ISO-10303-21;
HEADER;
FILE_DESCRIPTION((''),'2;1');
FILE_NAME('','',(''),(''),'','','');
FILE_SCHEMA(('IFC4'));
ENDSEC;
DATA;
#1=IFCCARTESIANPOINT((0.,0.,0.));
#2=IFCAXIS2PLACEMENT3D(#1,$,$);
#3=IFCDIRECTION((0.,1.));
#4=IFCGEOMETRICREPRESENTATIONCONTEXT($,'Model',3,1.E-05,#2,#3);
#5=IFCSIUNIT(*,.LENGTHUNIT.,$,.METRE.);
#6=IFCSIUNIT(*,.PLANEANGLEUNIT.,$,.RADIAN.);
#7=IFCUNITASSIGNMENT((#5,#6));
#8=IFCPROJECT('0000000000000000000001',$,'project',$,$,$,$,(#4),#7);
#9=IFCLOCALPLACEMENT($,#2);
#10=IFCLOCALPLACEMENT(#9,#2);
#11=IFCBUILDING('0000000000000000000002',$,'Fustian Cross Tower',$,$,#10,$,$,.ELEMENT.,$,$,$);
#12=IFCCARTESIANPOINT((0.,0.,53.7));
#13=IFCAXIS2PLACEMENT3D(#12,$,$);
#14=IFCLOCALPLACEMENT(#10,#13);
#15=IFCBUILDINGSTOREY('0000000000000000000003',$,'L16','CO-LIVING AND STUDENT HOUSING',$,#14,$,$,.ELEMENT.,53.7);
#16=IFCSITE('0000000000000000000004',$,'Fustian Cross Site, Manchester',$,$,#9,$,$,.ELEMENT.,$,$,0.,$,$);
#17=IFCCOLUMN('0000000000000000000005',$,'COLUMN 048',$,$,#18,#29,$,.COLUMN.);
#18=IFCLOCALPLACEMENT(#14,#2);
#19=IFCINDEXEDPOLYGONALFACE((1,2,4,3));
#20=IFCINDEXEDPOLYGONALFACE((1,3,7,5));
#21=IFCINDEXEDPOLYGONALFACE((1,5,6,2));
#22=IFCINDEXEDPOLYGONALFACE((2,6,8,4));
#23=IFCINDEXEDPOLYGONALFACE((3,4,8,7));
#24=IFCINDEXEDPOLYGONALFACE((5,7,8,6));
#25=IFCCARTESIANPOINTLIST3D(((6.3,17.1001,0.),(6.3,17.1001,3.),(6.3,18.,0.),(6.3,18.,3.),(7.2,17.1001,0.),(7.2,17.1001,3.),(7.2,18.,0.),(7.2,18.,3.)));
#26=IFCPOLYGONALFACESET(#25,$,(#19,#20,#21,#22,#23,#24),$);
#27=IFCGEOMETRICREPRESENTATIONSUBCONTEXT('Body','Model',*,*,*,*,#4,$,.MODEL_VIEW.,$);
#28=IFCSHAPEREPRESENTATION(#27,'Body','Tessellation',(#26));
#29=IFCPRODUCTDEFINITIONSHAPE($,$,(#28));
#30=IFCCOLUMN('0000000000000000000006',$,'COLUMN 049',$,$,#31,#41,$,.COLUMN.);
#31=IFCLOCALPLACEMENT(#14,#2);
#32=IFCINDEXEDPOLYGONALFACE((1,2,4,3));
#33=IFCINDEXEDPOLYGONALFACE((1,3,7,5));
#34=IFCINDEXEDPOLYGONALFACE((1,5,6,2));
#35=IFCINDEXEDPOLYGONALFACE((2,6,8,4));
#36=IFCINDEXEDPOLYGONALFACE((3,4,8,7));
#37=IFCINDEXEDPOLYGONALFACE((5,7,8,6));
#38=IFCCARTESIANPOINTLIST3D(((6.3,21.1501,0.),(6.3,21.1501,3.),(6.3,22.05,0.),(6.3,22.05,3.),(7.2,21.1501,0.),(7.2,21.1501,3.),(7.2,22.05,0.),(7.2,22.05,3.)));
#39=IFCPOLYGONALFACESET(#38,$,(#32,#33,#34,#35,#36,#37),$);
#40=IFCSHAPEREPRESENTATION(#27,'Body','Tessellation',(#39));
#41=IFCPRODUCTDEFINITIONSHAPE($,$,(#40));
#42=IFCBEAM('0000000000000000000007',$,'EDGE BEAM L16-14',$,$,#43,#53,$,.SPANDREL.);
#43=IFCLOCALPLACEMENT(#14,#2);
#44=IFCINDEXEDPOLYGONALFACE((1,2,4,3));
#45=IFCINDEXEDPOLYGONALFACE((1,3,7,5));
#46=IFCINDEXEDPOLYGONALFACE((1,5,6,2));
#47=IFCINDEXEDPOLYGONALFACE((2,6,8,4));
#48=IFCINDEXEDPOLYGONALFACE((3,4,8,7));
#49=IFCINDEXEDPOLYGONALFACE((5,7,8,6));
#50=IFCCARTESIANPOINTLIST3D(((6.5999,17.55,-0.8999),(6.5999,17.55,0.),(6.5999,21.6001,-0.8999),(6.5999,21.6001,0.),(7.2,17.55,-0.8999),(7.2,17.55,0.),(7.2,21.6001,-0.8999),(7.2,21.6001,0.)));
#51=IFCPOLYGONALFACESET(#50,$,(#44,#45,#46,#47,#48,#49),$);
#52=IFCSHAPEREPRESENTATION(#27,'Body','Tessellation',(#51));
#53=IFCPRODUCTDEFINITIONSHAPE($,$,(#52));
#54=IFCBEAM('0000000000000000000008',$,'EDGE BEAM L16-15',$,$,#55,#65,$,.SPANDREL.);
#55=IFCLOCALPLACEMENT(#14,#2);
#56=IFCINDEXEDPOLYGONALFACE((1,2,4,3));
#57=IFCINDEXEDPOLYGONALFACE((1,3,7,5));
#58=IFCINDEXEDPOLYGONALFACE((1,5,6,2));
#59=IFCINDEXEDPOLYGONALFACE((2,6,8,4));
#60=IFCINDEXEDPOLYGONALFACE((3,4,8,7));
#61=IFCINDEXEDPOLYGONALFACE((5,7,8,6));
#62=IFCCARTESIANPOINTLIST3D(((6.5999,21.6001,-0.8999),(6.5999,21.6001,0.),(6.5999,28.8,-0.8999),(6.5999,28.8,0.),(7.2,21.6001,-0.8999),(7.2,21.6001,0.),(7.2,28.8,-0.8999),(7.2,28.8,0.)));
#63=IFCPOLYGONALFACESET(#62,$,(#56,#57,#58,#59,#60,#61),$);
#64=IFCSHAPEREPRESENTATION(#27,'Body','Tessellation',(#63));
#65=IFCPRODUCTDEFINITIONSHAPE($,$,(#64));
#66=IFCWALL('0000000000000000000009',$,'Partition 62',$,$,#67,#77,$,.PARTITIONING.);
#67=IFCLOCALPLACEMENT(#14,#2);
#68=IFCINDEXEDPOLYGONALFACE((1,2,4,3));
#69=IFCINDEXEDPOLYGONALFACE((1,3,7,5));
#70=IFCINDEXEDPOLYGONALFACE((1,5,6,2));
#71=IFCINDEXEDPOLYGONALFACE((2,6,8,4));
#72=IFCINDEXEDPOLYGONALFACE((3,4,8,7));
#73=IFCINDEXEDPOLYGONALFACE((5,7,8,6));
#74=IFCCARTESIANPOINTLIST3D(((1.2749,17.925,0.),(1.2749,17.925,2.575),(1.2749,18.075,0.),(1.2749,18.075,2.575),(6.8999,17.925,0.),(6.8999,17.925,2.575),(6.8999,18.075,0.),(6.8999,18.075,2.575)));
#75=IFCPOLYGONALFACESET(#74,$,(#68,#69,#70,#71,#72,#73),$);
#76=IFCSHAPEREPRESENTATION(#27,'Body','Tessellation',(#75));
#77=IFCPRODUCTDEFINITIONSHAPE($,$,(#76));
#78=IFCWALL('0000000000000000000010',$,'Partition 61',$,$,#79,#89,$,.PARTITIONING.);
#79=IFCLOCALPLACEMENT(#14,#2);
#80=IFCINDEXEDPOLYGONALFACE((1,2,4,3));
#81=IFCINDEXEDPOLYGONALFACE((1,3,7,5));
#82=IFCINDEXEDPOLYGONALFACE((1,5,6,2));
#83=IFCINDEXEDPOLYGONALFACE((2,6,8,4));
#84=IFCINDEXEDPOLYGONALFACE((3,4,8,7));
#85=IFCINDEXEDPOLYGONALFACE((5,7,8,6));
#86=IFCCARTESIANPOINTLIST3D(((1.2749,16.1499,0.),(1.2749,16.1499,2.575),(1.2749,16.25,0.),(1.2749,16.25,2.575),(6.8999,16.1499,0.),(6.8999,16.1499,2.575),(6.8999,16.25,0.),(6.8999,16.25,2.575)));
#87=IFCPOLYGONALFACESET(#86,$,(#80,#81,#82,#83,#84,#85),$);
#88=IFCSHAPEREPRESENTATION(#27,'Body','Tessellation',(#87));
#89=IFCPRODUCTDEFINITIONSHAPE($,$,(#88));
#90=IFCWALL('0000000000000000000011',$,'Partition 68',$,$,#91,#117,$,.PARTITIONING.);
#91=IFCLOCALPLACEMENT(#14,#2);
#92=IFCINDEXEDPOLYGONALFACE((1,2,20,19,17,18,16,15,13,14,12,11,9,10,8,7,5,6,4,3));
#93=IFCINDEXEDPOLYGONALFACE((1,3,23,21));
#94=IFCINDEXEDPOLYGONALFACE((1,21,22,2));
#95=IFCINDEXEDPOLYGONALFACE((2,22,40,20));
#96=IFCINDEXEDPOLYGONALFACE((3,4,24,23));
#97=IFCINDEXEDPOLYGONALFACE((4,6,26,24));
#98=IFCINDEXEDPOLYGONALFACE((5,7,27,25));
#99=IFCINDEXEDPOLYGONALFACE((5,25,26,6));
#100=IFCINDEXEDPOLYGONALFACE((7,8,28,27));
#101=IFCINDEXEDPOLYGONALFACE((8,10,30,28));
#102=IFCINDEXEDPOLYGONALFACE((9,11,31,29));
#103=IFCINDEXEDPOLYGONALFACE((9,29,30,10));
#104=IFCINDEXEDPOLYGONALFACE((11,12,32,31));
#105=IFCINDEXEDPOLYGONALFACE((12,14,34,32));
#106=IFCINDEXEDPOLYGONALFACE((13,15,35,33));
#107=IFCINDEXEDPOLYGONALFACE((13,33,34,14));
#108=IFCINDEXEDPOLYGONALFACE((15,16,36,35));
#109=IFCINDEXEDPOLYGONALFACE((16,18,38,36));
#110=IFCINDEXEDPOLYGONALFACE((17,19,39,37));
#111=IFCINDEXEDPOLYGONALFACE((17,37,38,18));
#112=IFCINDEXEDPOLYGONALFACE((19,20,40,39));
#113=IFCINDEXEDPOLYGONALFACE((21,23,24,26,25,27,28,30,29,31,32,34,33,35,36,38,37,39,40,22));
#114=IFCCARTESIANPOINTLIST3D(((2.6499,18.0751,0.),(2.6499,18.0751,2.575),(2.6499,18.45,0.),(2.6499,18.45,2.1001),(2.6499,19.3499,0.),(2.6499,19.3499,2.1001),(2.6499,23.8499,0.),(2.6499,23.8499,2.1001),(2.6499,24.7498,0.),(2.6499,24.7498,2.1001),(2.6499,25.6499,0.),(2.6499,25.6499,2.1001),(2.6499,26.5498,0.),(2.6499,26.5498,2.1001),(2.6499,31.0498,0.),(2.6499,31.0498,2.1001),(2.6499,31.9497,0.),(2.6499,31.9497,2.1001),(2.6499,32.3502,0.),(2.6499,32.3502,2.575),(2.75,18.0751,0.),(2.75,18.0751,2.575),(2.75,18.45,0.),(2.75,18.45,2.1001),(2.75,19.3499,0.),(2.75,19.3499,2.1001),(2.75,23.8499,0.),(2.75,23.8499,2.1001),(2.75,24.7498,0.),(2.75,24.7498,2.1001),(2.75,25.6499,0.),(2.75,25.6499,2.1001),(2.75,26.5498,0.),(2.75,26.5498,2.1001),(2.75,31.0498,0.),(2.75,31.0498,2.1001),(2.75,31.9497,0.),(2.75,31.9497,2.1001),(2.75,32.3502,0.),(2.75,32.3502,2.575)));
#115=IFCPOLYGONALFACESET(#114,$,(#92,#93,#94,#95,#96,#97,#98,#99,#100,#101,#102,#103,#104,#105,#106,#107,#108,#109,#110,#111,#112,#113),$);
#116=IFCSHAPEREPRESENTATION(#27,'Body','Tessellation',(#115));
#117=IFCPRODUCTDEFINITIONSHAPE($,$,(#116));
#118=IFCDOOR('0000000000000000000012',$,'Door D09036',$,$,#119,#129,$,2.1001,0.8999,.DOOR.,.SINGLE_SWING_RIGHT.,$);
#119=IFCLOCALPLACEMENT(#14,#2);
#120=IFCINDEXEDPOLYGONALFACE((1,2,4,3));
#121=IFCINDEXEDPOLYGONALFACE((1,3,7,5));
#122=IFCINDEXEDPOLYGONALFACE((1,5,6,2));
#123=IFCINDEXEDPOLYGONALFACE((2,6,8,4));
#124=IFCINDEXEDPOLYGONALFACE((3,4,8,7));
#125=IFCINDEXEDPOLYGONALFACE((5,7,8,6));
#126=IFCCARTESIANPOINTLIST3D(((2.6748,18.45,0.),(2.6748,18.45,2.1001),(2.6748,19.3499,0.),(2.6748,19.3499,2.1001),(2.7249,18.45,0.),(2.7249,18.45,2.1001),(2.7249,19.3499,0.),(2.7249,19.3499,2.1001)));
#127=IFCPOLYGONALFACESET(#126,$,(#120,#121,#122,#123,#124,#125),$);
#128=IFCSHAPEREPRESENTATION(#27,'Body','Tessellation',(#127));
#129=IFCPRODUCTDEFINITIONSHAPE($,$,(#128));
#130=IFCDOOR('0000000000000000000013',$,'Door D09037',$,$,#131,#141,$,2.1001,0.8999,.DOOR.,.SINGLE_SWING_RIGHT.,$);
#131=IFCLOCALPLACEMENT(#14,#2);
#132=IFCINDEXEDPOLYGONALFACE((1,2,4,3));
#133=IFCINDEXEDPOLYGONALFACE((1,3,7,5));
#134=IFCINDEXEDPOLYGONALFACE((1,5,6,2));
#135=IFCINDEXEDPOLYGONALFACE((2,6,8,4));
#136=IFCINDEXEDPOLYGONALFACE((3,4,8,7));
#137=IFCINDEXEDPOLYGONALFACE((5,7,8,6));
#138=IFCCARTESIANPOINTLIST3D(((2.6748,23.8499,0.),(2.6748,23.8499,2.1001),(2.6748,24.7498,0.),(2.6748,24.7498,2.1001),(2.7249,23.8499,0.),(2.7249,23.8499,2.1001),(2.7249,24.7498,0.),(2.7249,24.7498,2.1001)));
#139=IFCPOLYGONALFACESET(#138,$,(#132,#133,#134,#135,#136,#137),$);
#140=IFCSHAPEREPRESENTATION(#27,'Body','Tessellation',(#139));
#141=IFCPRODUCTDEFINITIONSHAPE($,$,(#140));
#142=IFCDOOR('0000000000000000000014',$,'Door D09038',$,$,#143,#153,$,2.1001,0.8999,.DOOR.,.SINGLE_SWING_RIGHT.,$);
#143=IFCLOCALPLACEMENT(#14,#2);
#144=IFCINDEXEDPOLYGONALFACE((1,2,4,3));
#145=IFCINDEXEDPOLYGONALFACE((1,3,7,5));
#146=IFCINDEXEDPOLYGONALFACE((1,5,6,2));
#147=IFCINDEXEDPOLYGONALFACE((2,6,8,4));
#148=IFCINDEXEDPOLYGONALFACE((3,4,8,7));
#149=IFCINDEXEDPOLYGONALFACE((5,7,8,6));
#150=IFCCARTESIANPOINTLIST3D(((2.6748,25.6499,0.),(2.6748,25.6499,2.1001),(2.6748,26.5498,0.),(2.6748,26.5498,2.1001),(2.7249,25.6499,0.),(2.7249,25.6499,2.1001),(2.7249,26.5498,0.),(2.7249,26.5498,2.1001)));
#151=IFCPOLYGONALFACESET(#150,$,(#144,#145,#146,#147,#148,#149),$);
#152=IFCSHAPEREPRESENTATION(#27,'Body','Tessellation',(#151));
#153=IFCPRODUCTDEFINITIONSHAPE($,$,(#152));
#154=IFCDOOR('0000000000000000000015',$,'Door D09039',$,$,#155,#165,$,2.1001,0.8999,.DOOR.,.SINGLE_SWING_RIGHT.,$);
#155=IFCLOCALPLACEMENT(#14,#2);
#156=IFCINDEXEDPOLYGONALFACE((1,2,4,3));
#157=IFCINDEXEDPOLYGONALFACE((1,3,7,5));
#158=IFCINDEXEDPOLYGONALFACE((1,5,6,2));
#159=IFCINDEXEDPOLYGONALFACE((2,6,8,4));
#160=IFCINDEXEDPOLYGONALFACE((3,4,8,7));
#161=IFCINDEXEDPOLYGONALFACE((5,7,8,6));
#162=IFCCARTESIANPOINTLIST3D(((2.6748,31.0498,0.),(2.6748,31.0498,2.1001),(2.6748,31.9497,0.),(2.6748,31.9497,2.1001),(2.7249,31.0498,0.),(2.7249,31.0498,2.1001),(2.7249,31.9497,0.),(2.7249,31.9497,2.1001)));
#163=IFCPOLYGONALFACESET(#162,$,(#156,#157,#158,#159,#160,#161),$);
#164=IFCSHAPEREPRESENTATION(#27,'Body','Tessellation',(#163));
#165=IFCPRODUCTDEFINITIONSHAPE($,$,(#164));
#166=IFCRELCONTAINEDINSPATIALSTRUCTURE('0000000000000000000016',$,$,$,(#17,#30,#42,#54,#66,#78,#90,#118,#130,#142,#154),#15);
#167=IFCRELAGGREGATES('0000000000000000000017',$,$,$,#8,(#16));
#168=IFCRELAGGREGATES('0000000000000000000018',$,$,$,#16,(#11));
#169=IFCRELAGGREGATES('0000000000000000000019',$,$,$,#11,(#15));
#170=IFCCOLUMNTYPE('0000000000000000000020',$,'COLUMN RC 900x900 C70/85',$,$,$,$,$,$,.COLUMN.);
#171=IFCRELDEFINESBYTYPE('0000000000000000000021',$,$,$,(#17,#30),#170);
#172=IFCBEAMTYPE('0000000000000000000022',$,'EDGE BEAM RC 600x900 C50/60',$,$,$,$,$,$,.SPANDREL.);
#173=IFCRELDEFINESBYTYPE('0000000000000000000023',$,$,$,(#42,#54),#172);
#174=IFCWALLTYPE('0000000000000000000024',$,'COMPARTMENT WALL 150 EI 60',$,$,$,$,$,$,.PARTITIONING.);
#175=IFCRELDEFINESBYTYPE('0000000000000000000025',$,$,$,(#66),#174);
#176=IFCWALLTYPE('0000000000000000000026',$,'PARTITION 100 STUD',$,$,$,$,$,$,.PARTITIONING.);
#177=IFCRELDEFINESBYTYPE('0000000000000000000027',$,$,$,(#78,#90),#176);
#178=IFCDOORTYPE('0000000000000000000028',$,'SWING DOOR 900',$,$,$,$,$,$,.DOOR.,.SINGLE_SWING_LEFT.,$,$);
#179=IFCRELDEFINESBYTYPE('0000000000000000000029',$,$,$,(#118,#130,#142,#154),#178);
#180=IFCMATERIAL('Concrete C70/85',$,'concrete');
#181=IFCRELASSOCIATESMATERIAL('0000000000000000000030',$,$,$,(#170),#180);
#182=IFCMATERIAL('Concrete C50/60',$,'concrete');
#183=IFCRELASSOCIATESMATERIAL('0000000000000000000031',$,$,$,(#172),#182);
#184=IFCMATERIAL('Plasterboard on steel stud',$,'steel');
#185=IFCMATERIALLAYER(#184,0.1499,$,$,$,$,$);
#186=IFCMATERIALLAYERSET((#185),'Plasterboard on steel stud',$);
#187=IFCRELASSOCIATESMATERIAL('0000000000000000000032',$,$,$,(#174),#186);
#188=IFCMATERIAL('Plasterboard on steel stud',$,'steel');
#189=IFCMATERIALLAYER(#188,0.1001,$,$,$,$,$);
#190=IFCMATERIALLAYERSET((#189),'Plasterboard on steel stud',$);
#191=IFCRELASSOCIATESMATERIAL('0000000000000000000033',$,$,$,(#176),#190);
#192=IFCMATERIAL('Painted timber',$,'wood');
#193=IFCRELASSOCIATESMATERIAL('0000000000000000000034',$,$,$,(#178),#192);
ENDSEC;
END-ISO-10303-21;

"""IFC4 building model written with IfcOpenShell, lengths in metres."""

from ifc_helpers import new_model, si_unit, direction, frame, frame_2d, origin, origin_2d, place, context, subcontext, project, spatial, rectangle, extrude, material, layer, layer_set, material_profile, profile_set, type_object, element, fill, save


model = new_model("IFC4")

# Units and contexts
model_context = context("Model", 3, precision=1e-05, world=origin(), true_north=direction((0.0, 1.0)))
body_context = subcontext(model_context, "Body", "Model", "MODEL_VIEW")
ifc_project = project(units=[si_unit("LENGTHUNIT", "METRE"), si_unit("PLANEANGLEUNIT", "RADIAN")], contexts=[model_context])

# Site, building, storey
site_placement = place(None, origin())
site = spatial("IfcSite", under=ifc_project, at=site_placement, Name="Fustian Cross Site, Manchester", CompositionType="ELEMENT", RefElevation=0.0)
building_placement = place(site_placement, origin())
building = spatial("IfcBuilding", under=site, at=building_placement, Name="Fustian Cross Tower", CompositionType="ELEMENT")
storey_placement = place(building_placement, frame((0.0, 0.0, 53.7)))
storey = spatial("IfcBuildingStorey", under=building, at=storey_placement, Name="L16", Description="CO-LIVING AND STUDENT HOUSING", CompositionType="ELEMENT", Elevation=53.7)

# Columns
ifc_material_1 = material(Name="Concrete C70/85", Category="concrete")
ifc_material_profile_1 = material_profile(ifc_material_1, rectangle(XDim=0.8999, YDim=0.8999, at=origin_2d()), Name="RC 900x900")
ifc_profile_set_1 = profile_set([ifc_material_profile_1], Name="Concrete C70/85")
column_type = type_object("IfcColumnType", Name="COLUMN RC 900x900 C70/85", PredefinedType="COLUMN", material=ifc_profile_set_1)
for number, where, z_axis, x_axis, name in (
    (1, (6.75, 17.55, 0.0), (0.0, 0.0, 1.0), (1.0, 0.0, 0.0), "COLUMN 048"),
    (2, (6.75, 21.6001, 0.0), (0.0, 0.0, 1.0), (1.0, 0.0, 0.0), "COLUMN 049"),
):
    element("IfcColumn", number, at=place(storey_placement, frame(where, z_axis=z_axis, x_axis=x_axis)), inside=storey, type_object=column_type, Name=name, PredefinedType="COLUMN", context=body_context, shape_type="SweptSolid", body=[
        extrude(rectangle(XDim=0.8999, YDim=0.8999, at=origin_2d()), origin(), (0.0, 0.0, 1.0), 3.0),
    ])

# Beams
ifc_material_2 = material(Name="Concrete C50/60", Category="concrete")
ifc_material_profile_2 = material_profile(ifc_material_2, rectangle(XDim=0.6001, YDim=0.8999, at=origin_2d()), Name="RC 600x900")
ifc_profile_set_2 = profile_set([ifc_material_profile_2], Name="Concrete C50/60")
beam_type = type_object("IfcBeamType", Name="EDGE BEAM RC 600x900 C50/60", PredefinedType="SPANDREL", material=ifc_profile_set_2)
beam_1_placement = place(storey_placement, frame((6.8999, 17.55, -0.45), z_axis=(0.0, 1.0, 0.0), x_axis=(-1.0, 0.0, 0.0)))
element("IfcBeam", 3, at=beam_1_placement, inside=storey, type_object=beam_type, Name="EDGE BEAM L16-14", PredefinedType="SPANDREL", context=body_context, shape_type="SweptSolid", body=[
    extrude(rectangle(XDim=0.6001, YDim=0.8999, at=origin_2d()), origin(), (0.0, 0.0, 1.0), 4.05),
])
beam_2_placement = place(storey_placement, frame((6.8999, 21.6001, -0.45), z_axis=(0.0, 1.0, 0.0), x_axis=(-1.0, 0.0, 0.0)))
element("IfcBeam", 4, at=beam_2_placement, inside=storey, type_object=beam_type, Name="EDGE BEAM L16-15", PredefinedType="SPANDREL", context=body_context, shape_type="SweptSolid", body=[
    extrude(rectangle(XDim=0.6001, YDim=0.8999, at=origin_2d()), origin(), (0.0, 0.0, 1.0), 7.2),
])

# Walls
ifc_material_3 = material(Name="Plasterboard on steel stud", Category="steel")
ifc_layer_1 = layer(ifc_material_3, 0.1499)
ifc_layer_set_1 = layer_set([ifc_layer_1], Name="Plasterboard on steel stud")
wall_type_1 = type_object("IfcWallType", Name="COMPARTMENT WALL 150 EI 60", PredefinedType="PARTITIONING", material=ifc_layer_set_1)
wall_1_placement = place(storey_placement, frame((1.2749, 18.0, 0.0), z_axis=(0.0, 0.0, 1.0), x_axis=(1.0, 0.0, 0.0)))
element("IfcWall", 5, at=wall_1_placement, inside=storey, type_object=wall_type_1, Name="Partition 62", PredefinedType="PARTITIONING", context=body_context, shape_type="SweptSolid", body=[
    extrude(rectangle(XDim=5.625, YDim=0.1499, at=frame_2d((2.8125, 0.0))), origin(), (0.0, 0.0, 1.0), 2.575),
])
ifc_material_4 = material(Name="Plasterboard on steel stud", Category="steel")
ifc_layer_2 = layer(ifc_material_4, 0.1001)
ifc_layer_set_2 = layer_set([ifc_layer_2], Name="Plasterboard on steel stud")
wall_type_2 = type_object("IfcWallType", Name="PARTITION 100 STUD", PredefinedType="PARTITIONING", material=ifc_layer_set_2)
wall_2_placement = place(storey_placement, frame((1.2749, 16.2, 0.0), z_axis=(0.0, 0.0, 1.0), x_axis=(1.0, 0.0, 0.0)))
element("IfcWall", 6, at=wall_2_placement, inside=storey, type_object=wall_type_2, Name="Partition 61", PredefinedType="PARTITIONING", context=body_context, shape_type="SweptSolid", body=[
    extrude(rectangle(XDim=5.625, YDim=0.1001, at=frame_2d((2.8125, 0.0))), origin(), (0.0, 0.0, 1.0), 2.575),
])

# Wall, openings, doors
wall_3_placement = place(storey_placement, frame((2.7, 18.075, 0.0), z_axis=(0.0, 0.0, 1.0), x_axis=(0.0, 1.0, 0.0)))
wall_3 = element("IfcWall", 7, at=wall_3_placement, inside=storey, type_object=wall_type_2, Name="Partition 68", PredefinedType="PARTITIONING", context=body_context, shape_type="SweptSolid", body=[
    extrude(rectangle(XDim=14.2751, YDim=0.1001, at=frame_2d((7.1377, 0.0))), origin(), (0.0, 0.0, 1.0), 2.575),
])
opening_1_placement = place(wall_3_placement, frame((0.375, 0.0, 0.0)))
opening_1 = element("IfcOpeningElement", 8, at=opening_1_placement, cuts=wall_3, PredefinedType="OPENING", context=body_context, shape_type="SweptSolid", body=[
    extrude(rectangle(XDim=0.8999, YDim=2.1001, at=frame_2d((0.45, 1.05))), frame((0.0, 0.0601, 0.0), z_axis=(0.0, -1.0, 0.0), x_axis=(1.0, 0.0, 0.0)), (0.0, 0.0, 1.0), 0.1201),
])
opening_2_placement = place(wall_3_placement, frame((5.7749, 0.0, 0.0)))
opening_2 = element("IfcOpeningElement", 9, at=opening_2_placement, cuts=wall_3, PredefinedType="OPENING", context=body_context, shape_type="SweptSolid", body=[
    extrude(rectangle(XDim=0.8999, YDim=2.1001, at=frame_2d((0.45, 1.05))), frame((0.0, 0.0601, 0.0), z_axis=(0.0, -1.0, 0.0), x_axis=(1.0, 0.0, 0.0)), (0.0, 0.0, 1.0), 0.1201),
])
opening_3_placement = place(wall_3_placement, frame((7.575, 0.0, 0.0)))
opening_3 = element("IfcOpeningElement", 10, at=opening_3_placement, cuts=wall_3, PredefinedType="OPENING", context=body_context, shape_type="SweptSolid", body=[
    extrude(rectangle(XDim=0.8999, YDim=2.1001, at=frame_2d((0.45, 1.05))), frame((0.0, 0.0601, 0.0), z_axis=(0.0, -1.0, 0.0), x_axis=(1.0, 0.0, 0.0)), (0.0, 0.0, 1.0), 0.1201),
])
opening_4_placement = place(wall_3_placement, frame((12.9749, 0.0, 0.0)))
opening_4 = element("IfcOpeningElement", 11, at=opening_4_placement, cuts=wall_3, PredefinedType="OPENING", context=body_context, shape_type="SweptSolid", body=[
    extrude(rectangle(XDim=0.8999, YDim=2.1001, at=frame_2d((0.45, 1.05))), frame((0.0, 0.0601, 0.0), z_axis=(0.0, -1.0, 0.0), x_axis=(1.0, 0.0, 0.0)), (0.0, 0.0, 1.0), 0.1201),
])
ifc_material_5 = material(Name="Painted timber", Category="wood")
door_type_1 = type_object("IfcDoorType", Name="SWING DOOR 900", OperationType="SINGLE_SWING_LEFT", PredefinedType="DOOR", material=ifc_material_5)
door_1_placement = place(opening_1_placement, frame((0.8999, 0.0, 0.0), z_axis=(0.0, 0.0, 1.0), x_axis=(-1.0, 0.0, 0.0)))
door_1 = element("IfcDoor", 12, at=door_1_placement, inside=storey, type_object=door_type_1, Name="Door D09036", OperationType="SINGLE_SWING_RIGHT", OverallHeight=2.1001, OverallWidth=0.8999, PredefinedType="DOOR", context=body_context, shape_type="SweptSolid", body=[
    extrude(rectangle(XDim=0.8999, YDim=2.1001, at=frame_2d((0.45, 1.05))), frame((0.0, 0.0249, 0.0), z_axis=(0.0, -1.0, 0.0), x_axis=(1.0, 0.0, 0.0)), (0.0, 0.0, 1.0), 0.05),
])
fill(opening_1, door_1)
door_2_placement = place(opening_2_placement, frame((0.8999, 0.0, 0.0), z_axis=(0.0, 0.0, 1.0), x_axis=(-1.0, 0.0, 0.0)))
door_2 = element("IfcDoor", 13, at=door_2_placement, inside=storey, type_object=door_type_1, Name="Door D09037", OperationType="SINGLE_SWING_RIGHT", OverallHeight=2.1001, OverallWidth=0.8999, PredefinedType="DOOR", context=body_context, shape_type="SweptSolid", body=[
    extrude(rectangle(XDim=0.8999, YDim=2.1001, at=frame_2d((0.45, 1.05))), frame((0.0, 0.0249, 0.0), z_axis=(0.0, -1.0, 0.0), x_axis=(1.0, 0.0, 0.0)), (0.0, 0.0, 1.0), 0.05),
])
fill(opening_2, door_2)
door_3_placement = place(opening_3_placement, frame((0.8999, 0.0, 0.0), z_axis=(0.0, 0.0, 1.0), x_axis=(-1.0, 0.0, 0.0)))
door_3 = element("IfcDoor", 14, at=door_3_placement, inside=storey, type_object=door_type_1, Name="Door D09038", OperationType="SINGLE_SWING_RIGHT", OverallHeight=2.1001, OverallWidth=0.8999, PredefinedType="DOOR", context=body_context, shape_type="SweptSolid", body=[
    extrude(rectangle(XDim=0.8999, YDim=2.1001, at=frame_2d((0.45, 1.05))), frame((0.0, 0.0249, 0.0), z_axis=(0.0, -1.0, 0.0), x_axis=(1.0, 0.0, 0.0)), (0.0, 0.0, 1.0), 0.05),
])
fill(opening_3, door_3)
door_4_placement = place(opening_4_placement, frame((0.8999, 0.0, 0.0), z_axis=(0.0, 0.0, 1.0), x_axis=(-1.0, 0.0, 0.0)))
door_4 = element("IfcDoor", 15, at=door_4_placement, inside=storey, type_object=door_type_1, Name="Door D09039", OperationType="SINGLE_SWING_RIGHT", OverallHeight=2.1001, OverallWidth=0.8999, PredefinedType="DOOR", context=body_context, shape_type="SweptSolid", body=[
    extrude(rectangle(XDim=0.8999, YDim=2.1001, at=frame_2d((0.45, 1.05))), frame((0.0, 0.0249, 0.0), z_axis=(0.0, -1.0, 0.0), x_axis=(1.0, 0.0, 0.0)), (0.0, 0.0, 1.0), 0.05),
])
fill(opening_4, door_4)

save(model, "model.ifc")
